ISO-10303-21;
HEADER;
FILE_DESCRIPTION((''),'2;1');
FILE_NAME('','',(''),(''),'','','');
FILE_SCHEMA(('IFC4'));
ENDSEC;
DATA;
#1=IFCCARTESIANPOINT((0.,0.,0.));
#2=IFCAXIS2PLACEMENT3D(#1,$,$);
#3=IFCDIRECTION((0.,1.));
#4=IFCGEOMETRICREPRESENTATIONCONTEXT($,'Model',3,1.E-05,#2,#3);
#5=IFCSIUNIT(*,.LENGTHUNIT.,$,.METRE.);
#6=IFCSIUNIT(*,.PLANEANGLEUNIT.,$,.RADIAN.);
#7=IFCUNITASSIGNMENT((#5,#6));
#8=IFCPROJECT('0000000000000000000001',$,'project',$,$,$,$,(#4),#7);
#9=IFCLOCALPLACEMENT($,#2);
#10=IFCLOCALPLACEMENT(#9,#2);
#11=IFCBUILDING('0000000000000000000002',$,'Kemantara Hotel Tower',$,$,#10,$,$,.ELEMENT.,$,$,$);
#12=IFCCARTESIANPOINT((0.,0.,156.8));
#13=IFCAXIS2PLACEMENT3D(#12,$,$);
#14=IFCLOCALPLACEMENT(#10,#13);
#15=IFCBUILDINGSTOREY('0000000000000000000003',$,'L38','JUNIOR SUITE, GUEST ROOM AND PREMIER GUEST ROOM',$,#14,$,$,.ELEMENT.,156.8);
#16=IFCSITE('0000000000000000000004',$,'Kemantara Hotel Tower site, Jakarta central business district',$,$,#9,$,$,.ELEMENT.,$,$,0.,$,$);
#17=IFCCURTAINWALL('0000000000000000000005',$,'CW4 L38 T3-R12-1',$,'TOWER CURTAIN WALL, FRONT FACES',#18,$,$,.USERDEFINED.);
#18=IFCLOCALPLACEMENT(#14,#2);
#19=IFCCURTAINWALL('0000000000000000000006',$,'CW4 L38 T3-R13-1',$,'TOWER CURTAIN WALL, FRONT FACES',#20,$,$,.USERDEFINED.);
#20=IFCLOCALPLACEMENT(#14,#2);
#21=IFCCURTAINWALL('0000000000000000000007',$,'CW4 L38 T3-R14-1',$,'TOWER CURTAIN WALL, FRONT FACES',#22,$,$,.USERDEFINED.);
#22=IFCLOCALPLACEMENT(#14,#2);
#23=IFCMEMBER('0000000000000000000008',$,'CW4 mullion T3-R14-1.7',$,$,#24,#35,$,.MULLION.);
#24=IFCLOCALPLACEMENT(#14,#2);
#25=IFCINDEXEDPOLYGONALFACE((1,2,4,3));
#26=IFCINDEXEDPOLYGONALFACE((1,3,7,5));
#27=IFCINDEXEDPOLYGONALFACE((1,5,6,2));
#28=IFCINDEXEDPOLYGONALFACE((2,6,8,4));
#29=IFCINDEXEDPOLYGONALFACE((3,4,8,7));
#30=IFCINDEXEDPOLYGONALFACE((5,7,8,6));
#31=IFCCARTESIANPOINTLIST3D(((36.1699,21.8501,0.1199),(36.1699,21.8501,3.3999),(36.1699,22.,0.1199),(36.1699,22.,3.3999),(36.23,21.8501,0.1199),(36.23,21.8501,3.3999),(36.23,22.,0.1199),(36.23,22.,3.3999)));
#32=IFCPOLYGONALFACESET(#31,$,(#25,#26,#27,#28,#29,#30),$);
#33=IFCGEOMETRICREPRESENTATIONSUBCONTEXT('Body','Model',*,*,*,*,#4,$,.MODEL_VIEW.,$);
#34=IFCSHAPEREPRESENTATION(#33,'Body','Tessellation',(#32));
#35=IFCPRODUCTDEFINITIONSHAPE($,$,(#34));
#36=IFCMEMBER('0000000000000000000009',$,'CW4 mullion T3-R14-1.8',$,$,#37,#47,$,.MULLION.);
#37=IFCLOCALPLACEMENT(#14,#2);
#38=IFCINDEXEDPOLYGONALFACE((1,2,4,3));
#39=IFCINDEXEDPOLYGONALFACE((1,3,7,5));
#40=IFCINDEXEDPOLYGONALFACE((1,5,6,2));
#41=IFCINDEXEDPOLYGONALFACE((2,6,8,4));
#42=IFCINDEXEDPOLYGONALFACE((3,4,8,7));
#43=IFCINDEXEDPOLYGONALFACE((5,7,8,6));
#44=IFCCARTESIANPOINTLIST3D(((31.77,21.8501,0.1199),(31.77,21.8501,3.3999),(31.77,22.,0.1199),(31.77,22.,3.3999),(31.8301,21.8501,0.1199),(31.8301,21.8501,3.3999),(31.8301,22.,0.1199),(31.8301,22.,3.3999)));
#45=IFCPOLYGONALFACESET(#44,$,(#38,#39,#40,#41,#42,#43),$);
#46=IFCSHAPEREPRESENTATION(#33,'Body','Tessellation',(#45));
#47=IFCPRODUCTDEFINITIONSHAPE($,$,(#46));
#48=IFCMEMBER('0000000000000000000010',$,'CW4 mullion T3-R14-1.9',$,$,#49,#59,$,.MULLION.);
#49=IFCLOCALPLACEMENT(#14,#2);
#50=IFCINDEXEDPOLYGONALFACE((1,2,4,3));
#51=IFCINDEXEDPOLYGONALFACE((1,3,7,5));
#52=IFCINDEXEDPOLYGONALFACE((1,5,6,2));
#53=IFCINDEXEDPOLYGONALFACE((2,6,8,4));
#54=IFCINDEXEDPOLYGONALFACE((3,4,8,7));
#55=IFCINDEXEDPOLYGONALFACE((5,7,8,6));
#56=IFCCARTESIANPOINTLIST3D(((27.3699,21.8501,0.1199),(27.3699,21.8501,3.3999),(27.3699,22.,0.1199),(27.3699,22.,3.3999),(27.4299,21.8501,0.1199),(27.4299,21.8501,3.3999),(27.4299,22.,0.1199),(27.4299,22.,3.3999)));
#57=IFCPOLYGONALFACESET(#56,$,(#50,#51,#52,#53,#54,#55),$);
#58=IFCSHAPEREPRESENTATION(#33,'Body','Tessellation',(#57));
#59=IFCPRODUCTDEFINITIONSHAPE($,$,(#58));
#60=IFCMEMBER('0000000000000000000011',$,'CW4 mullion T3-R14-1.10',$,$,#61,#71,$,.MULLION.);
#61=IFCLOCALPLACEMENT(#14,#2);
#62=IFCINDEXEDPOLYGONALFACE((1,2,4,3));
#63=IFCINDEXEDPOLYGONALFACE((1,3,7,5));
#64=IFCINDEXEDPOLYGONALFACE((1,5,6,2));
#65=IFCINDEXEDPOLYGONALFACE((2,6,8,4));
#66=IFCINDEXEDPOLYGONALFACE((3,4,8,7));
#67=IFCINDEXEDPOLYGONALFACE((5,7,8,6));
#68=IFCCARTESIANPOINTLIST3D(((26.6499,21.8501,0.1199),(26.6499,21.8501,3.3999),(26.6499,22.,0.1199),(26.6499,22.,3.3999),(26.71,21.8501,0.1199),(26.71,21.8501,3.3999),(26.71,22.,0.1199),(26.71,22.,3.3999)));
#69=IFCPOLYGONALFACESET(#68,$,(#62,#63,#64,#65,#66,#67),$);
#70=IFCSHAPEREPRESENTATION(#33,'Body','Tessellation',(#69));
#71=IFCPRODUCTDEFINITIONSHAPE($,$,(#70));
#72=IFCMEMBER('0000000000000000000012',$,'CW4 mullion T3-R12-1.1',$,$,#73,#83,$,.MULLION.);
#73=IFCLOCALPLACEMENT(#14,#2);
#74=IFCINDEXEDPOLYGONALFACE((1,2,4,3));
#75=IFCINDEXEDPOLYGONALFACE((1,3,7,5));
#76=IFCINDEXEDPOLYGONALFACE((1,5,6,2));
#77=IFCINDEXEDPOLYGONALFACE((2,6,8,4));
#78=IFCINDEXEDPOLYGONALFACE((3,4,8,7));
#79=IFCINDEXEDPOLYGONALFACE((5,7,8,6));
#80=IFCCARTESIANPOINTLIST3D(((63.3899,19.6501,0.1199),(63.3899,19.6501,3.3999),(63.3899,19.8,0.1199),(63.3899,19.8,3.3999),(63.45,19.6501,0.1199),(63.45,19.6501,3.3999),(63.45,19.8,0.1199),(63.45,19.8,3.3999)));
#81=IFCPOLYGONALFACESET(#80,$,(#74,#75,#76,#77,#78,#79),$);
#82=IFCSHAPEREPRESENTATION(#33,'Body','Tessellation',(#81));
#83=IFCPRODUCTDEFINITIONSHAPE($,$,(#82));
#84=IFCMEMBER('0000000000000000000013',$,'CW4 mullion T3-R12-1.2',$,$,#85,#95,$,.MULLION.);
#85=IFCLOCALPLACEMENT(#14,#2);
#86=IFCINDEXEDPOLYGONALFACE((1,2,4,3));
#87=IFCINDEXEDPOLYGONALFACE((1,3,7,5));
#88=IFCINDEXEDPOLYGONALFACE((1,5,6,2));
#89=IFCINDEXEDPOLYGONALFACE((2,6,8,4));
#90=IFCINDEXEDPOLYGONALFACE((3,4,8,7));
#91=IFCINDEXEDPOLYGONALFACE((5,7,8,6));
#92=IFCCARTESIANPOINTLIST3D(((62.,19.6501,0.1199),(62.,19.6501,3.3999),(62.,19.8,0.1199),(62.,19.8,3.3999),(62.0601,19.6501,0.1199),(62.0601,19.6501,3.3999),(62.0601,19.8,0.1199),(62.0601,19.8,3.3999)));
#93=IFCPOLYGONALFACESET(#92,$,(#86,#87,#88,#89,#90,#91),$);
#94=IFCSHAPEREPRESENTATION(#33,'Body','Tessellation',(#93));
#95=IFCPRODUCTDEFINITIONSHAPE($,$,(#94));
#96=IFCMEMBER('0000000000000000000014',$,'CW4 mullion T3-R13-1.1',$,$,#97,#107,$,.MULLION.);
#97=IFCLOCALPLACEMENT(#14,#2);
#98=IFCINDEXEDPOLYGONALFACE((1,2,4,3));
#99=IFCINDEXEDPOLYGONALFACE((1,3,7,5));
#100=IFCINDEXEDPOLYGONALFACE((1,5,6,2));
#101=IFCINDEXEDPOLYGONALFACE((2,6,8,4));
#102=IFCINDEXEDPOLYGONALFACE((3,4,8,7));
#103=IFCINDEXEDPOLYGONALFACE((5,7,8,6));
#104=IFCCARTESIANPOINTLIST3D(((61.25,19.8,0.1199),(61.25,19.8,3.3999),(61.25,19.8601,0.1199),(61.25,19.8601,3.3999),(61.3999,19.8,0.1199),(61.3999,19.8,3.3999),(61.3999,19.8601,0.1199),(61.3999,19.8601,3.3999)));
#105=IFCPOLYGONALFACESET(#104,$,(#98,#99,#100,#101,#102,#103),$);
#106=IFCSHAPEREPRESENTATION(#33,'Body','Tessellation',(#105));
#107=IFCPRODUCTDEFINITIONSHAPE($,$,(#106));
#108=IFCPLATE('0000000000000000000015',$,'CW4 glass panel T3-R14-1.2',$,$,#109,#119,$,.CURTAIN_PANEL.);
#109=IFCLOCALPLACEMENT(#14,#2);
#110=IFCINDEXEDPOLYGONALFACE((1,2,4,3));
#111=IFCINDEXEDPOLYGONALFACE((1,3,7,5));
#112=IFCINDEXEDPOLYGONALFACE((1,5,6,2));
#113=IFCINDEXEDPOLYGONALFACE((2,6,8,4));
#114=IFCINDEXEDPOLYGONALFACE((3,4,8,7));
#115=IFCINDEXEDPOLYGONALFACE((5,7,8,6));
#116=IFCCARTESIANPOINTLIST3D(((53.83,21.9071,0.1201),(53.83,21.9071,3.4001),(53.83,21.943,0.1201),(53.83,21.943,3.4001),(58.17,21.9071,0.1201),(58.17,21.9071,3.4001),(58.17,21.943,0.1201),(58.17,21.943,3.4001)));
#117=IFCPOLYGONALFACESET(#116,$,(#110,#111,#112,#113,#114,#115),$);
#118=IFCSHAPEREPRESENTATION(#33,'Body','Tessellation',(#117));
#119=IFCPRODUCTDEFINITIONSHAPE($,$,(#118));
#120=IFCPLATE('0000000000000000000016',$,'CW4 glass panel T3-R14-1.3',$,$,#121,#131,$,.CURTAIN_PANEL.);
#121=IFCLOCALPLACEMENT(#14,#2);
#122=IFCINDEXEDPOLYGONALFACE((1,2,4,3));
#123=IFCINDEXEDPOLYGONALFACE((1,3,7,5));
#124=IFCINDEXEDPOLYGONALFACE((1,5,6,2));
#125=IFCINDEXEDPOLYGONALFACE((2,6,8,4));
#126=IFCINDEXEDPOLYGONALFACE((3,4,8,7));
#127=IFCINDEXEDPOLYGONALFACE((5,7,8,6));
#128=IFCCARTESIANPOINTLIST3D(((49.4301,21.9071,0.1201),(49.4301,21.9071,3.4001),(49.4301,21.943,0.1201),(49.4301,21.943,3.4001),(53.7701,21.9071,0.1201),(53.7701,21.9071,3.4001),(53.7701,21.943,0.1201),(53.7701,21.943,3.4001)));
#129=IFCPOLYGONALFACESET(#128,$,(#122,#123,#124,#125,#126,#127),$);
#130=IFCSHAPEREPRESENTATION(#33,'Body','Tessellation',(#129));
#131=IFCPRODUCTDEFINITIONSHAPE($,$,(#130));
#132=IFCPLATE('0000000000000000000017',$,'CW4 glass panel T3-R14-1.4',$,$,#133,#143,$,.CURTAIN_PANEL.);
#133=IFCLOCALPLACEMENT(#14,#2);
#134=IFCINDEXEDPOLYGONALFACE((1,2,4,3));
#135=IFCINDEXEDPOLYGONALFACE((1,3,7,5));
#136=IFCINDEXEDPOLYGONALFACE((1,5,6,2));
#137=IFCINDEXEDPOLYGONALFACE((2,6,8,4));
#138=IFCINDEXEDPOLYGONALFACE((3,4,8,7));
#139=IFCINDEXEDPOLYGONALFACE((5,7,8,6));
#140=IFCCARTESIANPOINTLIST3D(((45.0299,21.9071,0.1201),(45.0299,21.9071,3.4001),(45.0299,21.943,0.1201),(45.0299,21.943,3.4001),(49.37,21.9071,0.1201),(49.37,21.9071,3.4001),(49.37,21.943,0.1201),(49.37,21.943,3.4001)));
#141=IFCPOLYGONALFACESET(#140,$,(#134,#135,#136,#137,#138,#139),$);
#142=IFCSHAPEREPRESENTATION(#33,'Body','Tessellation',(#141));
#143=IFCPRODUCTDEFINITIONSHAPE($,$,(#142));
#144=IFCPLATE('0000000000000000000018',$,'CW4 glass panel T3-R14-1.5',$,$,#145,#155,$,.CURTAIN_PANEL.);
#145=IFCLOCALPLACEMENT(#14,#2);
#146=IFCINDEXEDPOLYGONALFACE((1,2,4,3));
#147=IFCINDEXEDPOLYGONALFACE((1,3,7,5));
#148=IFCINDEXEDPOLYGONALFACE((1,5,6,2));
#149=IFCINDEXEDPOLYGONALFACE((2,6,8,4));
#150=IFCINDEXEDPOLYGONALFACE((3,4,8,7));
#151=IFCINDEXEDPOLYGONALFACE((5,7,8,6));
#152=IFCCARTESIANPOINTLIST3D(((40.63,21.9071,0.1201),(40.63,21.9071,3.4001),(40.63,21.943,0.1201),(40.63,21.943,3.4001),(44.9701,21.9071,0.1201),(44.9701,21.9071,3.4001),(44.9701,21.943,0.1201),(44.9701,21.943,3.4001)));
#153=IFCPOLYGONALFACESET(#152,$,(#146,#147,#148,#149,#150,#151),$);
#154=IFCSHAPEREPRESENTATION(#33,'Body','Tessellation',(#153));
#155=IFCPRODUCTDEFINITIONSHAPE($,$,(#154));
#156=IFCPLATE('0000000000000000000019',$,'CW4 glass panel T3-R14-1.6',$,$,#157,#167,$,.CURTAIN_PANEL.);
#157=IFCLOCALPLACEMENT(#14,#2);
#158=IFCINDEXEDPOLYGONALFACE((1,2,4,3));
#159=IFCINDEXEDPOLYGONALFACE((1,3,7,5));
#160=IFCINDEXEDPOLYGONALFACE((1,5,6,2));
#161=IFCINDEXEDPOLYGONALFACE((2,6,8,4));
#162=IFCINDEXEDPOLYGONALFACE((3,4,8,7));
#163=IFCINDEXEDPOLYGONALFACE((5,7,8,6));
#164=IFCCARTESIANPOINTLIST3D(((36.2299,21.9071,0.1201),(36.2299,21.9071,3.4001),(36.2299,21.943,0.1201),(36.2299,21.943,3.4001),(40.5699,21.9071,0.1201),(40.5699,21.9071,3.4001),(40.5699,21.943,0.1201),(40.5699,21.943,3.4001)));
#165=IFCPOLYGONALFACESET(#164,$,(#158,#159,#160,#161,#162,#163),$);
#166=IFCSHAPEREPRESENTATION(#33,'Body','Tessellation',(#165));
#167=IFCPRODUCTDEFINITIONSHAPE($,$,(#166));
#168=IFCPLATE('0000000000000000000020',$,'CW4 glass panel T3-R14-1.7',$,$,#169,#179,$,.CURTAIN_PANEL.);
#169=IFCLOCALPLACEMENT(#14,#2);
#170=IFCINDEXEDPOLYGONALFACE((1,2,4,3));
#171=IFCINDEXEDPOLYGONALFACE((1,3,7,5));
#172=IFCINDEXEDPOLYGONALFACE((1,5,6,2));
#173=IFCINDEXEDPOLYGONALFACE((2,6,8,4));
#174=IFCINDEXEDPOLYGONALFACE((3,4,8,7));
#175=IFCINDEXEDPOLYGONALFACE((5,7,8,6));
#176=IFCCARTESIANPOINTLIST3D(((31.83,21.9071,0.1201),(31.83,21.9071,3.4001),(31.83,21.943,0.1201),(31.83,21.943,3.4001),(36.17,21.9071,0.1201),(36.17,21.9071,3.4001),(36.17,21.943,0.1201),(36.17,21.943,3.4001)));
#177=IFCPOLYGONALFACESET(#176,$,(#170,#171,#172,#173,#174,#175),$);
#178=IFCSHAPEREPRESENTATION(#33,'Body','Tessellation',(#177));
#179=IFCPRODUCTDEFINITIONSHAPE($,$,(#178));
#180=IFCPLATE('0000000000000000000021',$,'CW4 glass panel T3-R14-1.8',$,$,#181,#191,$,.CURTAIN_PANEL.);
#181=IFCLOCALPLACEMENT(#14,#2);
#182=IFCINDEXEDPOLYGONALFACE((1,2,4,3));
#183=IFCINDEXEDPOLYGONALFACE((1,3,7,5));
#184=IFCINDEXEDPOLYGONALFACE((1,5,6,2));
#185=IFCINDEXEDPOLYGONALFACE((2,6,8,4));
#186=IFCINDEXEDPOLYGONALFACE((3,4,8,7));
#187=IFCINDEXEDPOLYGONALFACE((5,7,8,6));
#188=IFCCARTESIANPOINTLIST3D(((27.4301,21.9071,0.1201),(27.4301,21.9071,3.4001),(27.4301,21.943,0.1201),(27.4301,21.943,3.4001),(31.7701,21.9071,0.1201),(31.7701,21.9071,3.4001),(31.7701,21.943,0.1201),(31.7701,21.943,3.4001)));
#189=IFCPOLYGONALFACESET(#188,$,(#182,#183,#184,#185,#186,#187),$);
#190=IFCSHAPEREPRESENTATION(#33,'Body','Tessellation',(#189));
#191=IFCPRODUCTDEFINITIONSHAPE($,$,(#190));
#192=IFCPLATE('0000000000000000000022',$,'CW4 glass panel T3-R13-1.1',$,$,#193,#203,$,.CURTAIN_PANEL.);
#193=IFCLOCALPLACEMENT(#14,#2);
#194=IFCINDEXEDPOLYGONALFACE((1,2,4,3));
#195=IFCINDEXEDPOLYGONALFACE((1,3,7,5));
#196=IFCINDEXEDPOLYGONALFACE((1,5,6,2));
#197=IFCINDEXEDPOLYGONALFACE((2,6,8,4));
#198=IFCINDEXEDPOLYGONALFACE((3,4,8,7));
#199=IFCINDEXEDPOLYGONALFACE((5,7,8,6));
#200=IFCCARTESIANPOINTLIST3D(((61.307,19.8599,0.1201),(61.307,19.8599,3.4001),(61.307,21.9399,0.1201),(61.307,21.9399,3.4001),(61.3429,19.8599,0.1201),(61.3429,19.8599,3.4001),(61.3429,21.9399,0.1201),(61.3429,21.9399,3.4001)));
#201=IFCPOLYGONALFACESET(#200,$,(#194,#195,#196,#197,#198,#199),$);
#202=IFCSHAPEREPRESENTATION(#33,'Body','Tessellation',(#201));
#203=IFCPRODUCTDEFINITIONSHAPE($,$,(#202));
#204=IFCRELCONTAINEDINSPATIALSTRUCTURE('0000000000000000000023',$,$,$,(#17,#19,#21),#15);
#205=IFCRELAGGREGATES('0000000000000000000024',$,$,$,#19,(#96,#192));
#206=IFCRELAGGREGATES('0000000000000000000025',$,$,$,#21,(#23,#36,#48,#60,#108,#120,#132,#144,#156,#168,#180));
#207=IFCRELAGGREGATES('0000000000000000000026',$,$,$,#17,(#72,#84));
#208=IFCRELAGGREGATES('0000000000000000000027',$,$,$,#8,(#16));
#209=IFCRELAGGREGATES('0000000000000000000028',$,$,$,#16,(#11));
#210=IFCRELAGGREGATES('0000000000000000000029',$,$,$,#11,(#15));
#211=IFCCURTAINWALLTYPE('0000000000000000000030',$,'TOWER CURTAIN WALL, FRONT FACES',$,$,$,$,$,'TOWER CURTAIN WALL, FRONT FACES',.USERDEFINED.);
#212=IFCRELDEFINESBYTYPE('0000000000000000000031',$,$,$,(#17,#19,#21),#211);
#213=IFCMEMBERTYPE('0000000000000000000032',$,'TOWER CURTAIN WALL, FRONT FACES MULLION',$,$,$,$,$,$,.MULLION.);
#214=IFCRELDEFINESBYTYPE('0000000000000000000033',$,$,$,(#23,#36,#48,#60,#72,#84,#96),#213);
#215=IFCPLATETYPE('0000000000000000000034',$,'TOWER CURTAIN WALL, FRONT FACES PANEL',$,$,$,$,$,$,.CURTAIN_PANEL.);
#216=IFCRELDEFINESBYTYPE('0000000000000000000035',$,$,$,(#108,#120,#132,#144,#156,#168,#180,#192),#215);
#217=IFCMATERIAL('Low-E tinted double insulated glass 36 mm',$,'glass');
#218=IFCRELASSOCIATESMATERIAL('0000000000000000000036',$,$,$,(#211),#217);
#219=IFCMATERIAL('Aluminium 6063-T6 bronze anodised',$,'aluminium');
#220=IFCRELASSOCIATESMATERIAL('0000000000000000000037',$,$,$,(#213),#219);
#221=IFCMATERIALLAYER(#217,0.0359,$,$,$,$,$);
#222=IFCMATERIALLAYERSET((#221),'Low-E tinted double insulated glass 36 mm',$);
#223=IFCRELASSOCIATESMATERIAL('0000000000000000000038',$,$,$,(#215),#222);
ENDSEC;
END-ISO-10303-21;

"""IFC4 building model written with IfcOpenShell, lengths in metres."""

from ifc_helpers import new_model, si_unit, direction, frame, origin, origin_2d, place, context, subcontext, project, spatial, rectangle, extrude, source, transform, mapped, material, layer, layer_set, material_profile, profile_set, type_object, element, aggregate, save


model = new_model("IFC4")

# Units and contexts
model_context = context("Model", 3, precision=1e-05, world=origin(), true_north=direction((0.0, 1.0)))
body_context = subcontext(model_context, "Body", "Model", "MODEL_VIEW")
ifc_project = project(units=[si_unit("LENGTHUNIT", "METRE"), si_unit("PLANEANGLEUNIT", "RADIAN")], contexts=[model_context])

# Site, building, storey
site_placement = place(None, origin())
site = spatial("IfcSite", under=ifc_project, at=site_placement, Name="Kemantara Hotel Tower site, Jakarta central business district", CompositionType="ELEMENT", RefElevation=0.0)
building_placement = place(site_placement, origin())
building = spatial("IfcBuilding", under=site, at=building_placement, Name="Kemantara Hotel Tower", CompositionType="ELEMENT")
storey_placement = place(building_placement, frame((0.0, 0.0, 156.8)))
storey = spatial("IfcBuildingStorey", under=building, at=storey_placement, Name="L38", Description="JUNIOR SUITE, GUEST ROOM AND PREMIER GUEST ROOM", CompositionType="ELEMENT", Elevation=156.8)

# Curtain walls
ifc_material_1 = material(Name="Low-E tinted double insulated glass 36 mm", Category="glass")
curtain_wall_type = type_object("IfcCurtainWallType", Name="TOWER CURTAIN WALL, FRONT FACES", ElementType="TOWER CURTAIN WALL, FRONT FACES", PredefinedType="USERDEFINED", material=ifc_material_1)
curtain_wall_1_placement = place(storey_placement, origin())
curtain_wall_1 = element("IfcCurtainWall", 1, at=curtain_wall_1_placement, inside=storey, type_object=curtain_wall_type, Name="CW4 L38 T3-R12-1", ObjectType="TOWER CURTAIN WALL, FRONT FACES", PredefinedType="USERDEFINED")
ifc_material_2 = material(Name="Aluminium 6063-T6 bronze anodised", Category="aluminium")
curtain_wall_2_placement = place(storey_placement, origin())
curtain_wall_2 = element("IfcCurtainWall", 2, at=curtain_wall_2_placement, inside=storey, type_object=curtain_wall_type, Name="CW4 L38 T3-R13-1", ObjectType="TOWER CURTAIN WALL, FRONT FACES", PredefinedType="USERDEFINED")

# Curtain wall, members
ifc_material_profile_1 = material_profile(ifc_material_2, rectangle(XDim=0.1499, YDim=0.0601, at=origin_2d()), Name="TOWER CURTAIN WALL, FRONT FACES MULLION")
ifc_profile_set_1 = profile_set([ifc_material_profile_1], Name="Aluminium 6063-T6 bronze anodised")
member_type_1 = type_object("IfcMemberType", Name="TOWER CURTAIN WALL, FRONT FACES MULLION", PredefinedType="MULLION", material=ifc_profile_set_1)
shared_shape_1 = source(origin(), body_context, "Body", "SweptSolid", [
    extrude(rectangle(XDim=0.1499, YDim=0.0601, at=origin_2d()), origin(), (0.0, 0.0, 1.0), 3.28),
])
curtain_wall_3_placement = place(storey_placement, origin())
curtain_wall_3 = element("IfcCurtainWall", 3, at=curtain_wall_3_placement, inside=storey, type_object=curtain_wall_type, Name="CW4 L38 T3-R14-1", ObjectType="TOWER CURTAIN WALL, FRONT FACES", PredefinedType="USERDEFINED")
member_1_placement = place(storey_placement, frame((36.2, 21.925, 0.1199), z_axis=(0.0, 0.0, 1.0), x_axis=(0.0, -1.0, 0.0)))
member_1 = element("IfcMember", 4, at=member_1_placement, type_object=member_type_1, Name="CW4 mullion T3-R14-1.7", PredefinedType="MULLION", context=body_context, shape_type="MappedRepresentation", body=[
    mapped(shared_shape_1, transform((0.0, 0.0, 0.0))),
])
member_2_placement = place(storey_placement, frame((31.8, 21.925, 0.1199), z_axis=(0.0, 0.0, 1.0), x_axis=(0.0, -1.0, 0.0)))
member_2 = element("IfcMember", 5, at=member_2_placement, type_object=member_type_1, Name="CW4 mullion T3-R14-1.8", PredefinedType="MULLION", context=body_context, shape_type="MappedRepresentation", body=[
    mapped(shared_shape_1, transform((0.0, 0.0, 0.0))),
])
member_3_placement = place(storey_placement, frame((27.3999, 21.925, 0.1199), z_axis=(0.0, 0.0, 1.0), x_axis=(0.0, -1.0, 0.0)))
member_3 = element("IfcMember", 6, at=member_3_placement, type_object=member_type_1, Name="CW4 mullion T3-R14-1.9", PredefinedType="MULLION", context=body_context, shape_type="MappedRepresentation", body=[
    mapped(shared_shape_1, transform((0.0, 0.0, 0.0))),
])
member_4_placement = place(storey_placement, frame((26.6799, 21.925, 0.1199), z_axis=(0.0, 0.0, 1.0), x_axis=(0.0, -1.0, 0.0)))
member_4 = element("IfcMember", 7, at=member_4_placement, type_object=member_type_1, Name="CW4 mullion T3-R14-1.10", PredefinedType="MULLION", context=body_context, shape_type="MappedRepresentation", body=[
    mapped(shared_shape_1, transform((0.0, 0.0, 0.0))),
])

# Members
member_5_placement = place(storey_placement, frame((63.4199, 19.7251, 0.1199), z_axis=(0.0, 0.0, 1.0), x_axis=(0.0, -1.0, 0.0)))
member_5 = element("IfcMember", 8, at=member_5_placement, type_object=member_type_1, Name="CW4 mullion T3-R12-1.1", PredefinedType="MULLION", context=body_context, shape_type="MappedRepresentation", body=[
    mapped(shared_shape_1, transform((0.0, 0.0, 0.0))),
])
member_6_placement = place(storey_placement, frame((62.03, 19.7251, 0.1199), z_axis=(0.0, 0.0, 1.0), x_axis=(0.0, -1.0, 0.0)))
member_6 = element("IfcMember", 9, at=member_6_placement, type_object=member_type_1, Name="CW4 mullion T3-R12-1.2", PredefinedType="MULLION", context=body_context, shape_type="MappedRepresentation", body=[
    mapped(shared_shape_1, transform((0.0, 0.0, 0.0))),
])
member_7_placement = place(storey_placement, frame((61.325, 19.8301, 0.1199), z_axis=(0.0, 0.0, 1.0), x_axis=(-1.0, 0.0, 0.0)))
member_7 = element("IfcMember", 10, at=member_7_placement, type_object=member_type_1, Name="CW4 mullion T3-R13-1.1", PredefinedType="MULLION", context=body_context, shape_type="MappedRepresentation", body=[
    mapped(shared_shape_1, transform((0.0, 0.0, 0.0))),
])

# Plates
ifc_layer_1 = layer(ifc_material_1, 0.0359)
ifc_layer_set_1 = layer_set([ifc_layer_1], Name="Low-E tinted double insulated glass 36 mm")
plate_type = type_object("IfcPlateType", Name="TOWER CURTAIN WALL, FRONT FACES PANEL", PredefinedType="CURTAIN_PANEL", material=ifc_layer_set_1)
shared_shape_2 = source(origin(), body_context, "Body", "SweptSolid", [
    extrude(rectangle(XDim=4.3401, YDim=0.0359, at=origin_2d()), origin(), (0.0, 0.0, 1.0), 3.28),
])
plate_1_placement = place(storey_placement, frame((56.0, 21.925, 0.1201), z_axis=(0.0, 0.0, 1.0), x_axis=(-1.0, 0.0, 0.0)))
plate_1 = element("IfcPlate", 11, at=plate_1_placement, type_object=plate_type, Name="CW4 glass panel T3-R14-1.2", PredefinedType="CURTAIN_PANEL", context=body_context, shape_type="MappedRepresentation", body=[
    mapped(shared_shape_2, transform((0.0, 0.0, 0.0))),
])
plate_2_placement = place(storey_placement, frame((51.6001, 21.925, 0.1201), z_axis=(0.0, 0.0, 1.0), x_axis=(-1.0, 0.0, 0.0)))
plate_2 = element("IfcPlate", 12, at=plate_2_placement, type_object=plate_type, Name="CW4 glass panel T3-R14-1.3", PredefinedType="CURTAIN_PANEL", context=body_context, shape_type="MappedRepresentation", body=[
    mapped(shared_shape_2, transform((0.0, 0.0, 0.0))),
])
plate_3_placement = place(storey_placement, frame((47.2, 21.925, 0.1201), z_axis=(0.0, 0.0, 1.0), x_axis=(-1.0, 0.0, 0.0)))
plate_3 = element("IfcPlate", 13, at=plate_3_placement, type_object=plate_type, Name="CW4 glass panel T3-R14-1.4", PredefinedType="CURTAIN_PANEL", context=body_context, shape_type="MappedRepresentation", body=[
    mapped(shared_shape_2, transform((0.0, 0.0, 0.0))),
])
plate_4_placement = place(storey_placement, frame((42.8, 21.925, 0.1201), z_axis=(0.0, 0.0, 1.0), x_axis=(-1.0, 0.0, 0.0)))
plate_4 = element("IfcPlate", 14, at=plate_4_placement, type_object=plate_type, Name="CW4 glass panel T3-R14-1.5", PredefinedType="CURTAIN_PANEL", context=body_context, shape_type="MappedRepresentation", body=[
    mapped(shared_shape_2, transform((0.0, 0.0, 0.0))),
])
plate_5_placement = place(storey_placement, frame((38.3999, 21.925, 0.1201), z_axis=(0.0, 0.0, 1.0), x_axis=(-1.0, 0.0, 0.0)))
plate_5 = element("IfcPlate", 15, at=plate_5_placement, type_object=plate_type, Name="CW4 glass panel T3-R14-1.6", PredefinedType="CURTAIN_PANEL", context=body_context, shape_type="MappedRepresentation", body=[
    mapped(shared_shape_2, transform((0.0, 0.0, 0.0))),
])
plate_6_placement = place(storey_placement, frame((34.0, 21.925, 0.1201), z_axis=(0.0, 0.0, 1.0), x_axis=(-1.0, 0.0, 0.0)))
plate_6 = element("IfcPlate", 16, at=plate_6_placement, type_object=plate_type, Name="CW4 glass panel T3-R14-1.7", PredefinedType="CURTAIN_PANEL", context=body_context, shape_type="MappedRepresentation", body=[
    mapped(shared_shape_2, transform((0.0, 0.0, 0.0))),
])
plate_7_placement = place(storey_placement, frame((29.6001, 21.925, 0.1201), z_axis=(0.0, 0.0, 1.0), x_axis=(-1.0, 0.0, 0.0)))
plate_7 = element("IfcPlate", 17, at=plate_7_placement, type_object=plate_type, Name="CW4 glass panel T3-R14-1.8", PredefinedType="CURTAIN_PANEL", context=body_context, shape_type="MappedRepresentation", body=[
    mapped(shared_shape_2, transform((0.0, 0.0, 0.0))),
])
shared_shape_3 = source(origin(), body_context, "Body", "SweptSolid", [
    extrude(rectangle(XDim=2.0801, YDim=0.0359, at=origin_2d()), origin(), (0.0, 0.0, 1.0), 3.28),
])
plate_8_placement = place(storey_placement, frame((61.325, 20.8999, 0.1201), z_axis=(0.0, 0.0, 1.0), x_axis=(0.0, 1.0, 0.0)))
plate_8 = element("IfcPlate", 18, at=plate_8_placement, type_object=plate_type, Name="CW4 glass panel T3-R13-1.1", PredefinedType="CURTAIN_PANEL", context=body_context, shape_type="MappedRepresentation", body=[
    mapped(shared_shape_3, transform((0.0, 0.0, 0.0))),
])
aggregate(curtain_wall_2, [member_7, plate_8])
aggregate(curtain_wall_3, [member_1, member_2, member_3, member_4, plate_1, plate_2, plate_3, plate_4, plate_5, plate_6, plate_7])
aggregate(curtain_wall_1, [member_5, member_6])

save(model, "model.ifc")
